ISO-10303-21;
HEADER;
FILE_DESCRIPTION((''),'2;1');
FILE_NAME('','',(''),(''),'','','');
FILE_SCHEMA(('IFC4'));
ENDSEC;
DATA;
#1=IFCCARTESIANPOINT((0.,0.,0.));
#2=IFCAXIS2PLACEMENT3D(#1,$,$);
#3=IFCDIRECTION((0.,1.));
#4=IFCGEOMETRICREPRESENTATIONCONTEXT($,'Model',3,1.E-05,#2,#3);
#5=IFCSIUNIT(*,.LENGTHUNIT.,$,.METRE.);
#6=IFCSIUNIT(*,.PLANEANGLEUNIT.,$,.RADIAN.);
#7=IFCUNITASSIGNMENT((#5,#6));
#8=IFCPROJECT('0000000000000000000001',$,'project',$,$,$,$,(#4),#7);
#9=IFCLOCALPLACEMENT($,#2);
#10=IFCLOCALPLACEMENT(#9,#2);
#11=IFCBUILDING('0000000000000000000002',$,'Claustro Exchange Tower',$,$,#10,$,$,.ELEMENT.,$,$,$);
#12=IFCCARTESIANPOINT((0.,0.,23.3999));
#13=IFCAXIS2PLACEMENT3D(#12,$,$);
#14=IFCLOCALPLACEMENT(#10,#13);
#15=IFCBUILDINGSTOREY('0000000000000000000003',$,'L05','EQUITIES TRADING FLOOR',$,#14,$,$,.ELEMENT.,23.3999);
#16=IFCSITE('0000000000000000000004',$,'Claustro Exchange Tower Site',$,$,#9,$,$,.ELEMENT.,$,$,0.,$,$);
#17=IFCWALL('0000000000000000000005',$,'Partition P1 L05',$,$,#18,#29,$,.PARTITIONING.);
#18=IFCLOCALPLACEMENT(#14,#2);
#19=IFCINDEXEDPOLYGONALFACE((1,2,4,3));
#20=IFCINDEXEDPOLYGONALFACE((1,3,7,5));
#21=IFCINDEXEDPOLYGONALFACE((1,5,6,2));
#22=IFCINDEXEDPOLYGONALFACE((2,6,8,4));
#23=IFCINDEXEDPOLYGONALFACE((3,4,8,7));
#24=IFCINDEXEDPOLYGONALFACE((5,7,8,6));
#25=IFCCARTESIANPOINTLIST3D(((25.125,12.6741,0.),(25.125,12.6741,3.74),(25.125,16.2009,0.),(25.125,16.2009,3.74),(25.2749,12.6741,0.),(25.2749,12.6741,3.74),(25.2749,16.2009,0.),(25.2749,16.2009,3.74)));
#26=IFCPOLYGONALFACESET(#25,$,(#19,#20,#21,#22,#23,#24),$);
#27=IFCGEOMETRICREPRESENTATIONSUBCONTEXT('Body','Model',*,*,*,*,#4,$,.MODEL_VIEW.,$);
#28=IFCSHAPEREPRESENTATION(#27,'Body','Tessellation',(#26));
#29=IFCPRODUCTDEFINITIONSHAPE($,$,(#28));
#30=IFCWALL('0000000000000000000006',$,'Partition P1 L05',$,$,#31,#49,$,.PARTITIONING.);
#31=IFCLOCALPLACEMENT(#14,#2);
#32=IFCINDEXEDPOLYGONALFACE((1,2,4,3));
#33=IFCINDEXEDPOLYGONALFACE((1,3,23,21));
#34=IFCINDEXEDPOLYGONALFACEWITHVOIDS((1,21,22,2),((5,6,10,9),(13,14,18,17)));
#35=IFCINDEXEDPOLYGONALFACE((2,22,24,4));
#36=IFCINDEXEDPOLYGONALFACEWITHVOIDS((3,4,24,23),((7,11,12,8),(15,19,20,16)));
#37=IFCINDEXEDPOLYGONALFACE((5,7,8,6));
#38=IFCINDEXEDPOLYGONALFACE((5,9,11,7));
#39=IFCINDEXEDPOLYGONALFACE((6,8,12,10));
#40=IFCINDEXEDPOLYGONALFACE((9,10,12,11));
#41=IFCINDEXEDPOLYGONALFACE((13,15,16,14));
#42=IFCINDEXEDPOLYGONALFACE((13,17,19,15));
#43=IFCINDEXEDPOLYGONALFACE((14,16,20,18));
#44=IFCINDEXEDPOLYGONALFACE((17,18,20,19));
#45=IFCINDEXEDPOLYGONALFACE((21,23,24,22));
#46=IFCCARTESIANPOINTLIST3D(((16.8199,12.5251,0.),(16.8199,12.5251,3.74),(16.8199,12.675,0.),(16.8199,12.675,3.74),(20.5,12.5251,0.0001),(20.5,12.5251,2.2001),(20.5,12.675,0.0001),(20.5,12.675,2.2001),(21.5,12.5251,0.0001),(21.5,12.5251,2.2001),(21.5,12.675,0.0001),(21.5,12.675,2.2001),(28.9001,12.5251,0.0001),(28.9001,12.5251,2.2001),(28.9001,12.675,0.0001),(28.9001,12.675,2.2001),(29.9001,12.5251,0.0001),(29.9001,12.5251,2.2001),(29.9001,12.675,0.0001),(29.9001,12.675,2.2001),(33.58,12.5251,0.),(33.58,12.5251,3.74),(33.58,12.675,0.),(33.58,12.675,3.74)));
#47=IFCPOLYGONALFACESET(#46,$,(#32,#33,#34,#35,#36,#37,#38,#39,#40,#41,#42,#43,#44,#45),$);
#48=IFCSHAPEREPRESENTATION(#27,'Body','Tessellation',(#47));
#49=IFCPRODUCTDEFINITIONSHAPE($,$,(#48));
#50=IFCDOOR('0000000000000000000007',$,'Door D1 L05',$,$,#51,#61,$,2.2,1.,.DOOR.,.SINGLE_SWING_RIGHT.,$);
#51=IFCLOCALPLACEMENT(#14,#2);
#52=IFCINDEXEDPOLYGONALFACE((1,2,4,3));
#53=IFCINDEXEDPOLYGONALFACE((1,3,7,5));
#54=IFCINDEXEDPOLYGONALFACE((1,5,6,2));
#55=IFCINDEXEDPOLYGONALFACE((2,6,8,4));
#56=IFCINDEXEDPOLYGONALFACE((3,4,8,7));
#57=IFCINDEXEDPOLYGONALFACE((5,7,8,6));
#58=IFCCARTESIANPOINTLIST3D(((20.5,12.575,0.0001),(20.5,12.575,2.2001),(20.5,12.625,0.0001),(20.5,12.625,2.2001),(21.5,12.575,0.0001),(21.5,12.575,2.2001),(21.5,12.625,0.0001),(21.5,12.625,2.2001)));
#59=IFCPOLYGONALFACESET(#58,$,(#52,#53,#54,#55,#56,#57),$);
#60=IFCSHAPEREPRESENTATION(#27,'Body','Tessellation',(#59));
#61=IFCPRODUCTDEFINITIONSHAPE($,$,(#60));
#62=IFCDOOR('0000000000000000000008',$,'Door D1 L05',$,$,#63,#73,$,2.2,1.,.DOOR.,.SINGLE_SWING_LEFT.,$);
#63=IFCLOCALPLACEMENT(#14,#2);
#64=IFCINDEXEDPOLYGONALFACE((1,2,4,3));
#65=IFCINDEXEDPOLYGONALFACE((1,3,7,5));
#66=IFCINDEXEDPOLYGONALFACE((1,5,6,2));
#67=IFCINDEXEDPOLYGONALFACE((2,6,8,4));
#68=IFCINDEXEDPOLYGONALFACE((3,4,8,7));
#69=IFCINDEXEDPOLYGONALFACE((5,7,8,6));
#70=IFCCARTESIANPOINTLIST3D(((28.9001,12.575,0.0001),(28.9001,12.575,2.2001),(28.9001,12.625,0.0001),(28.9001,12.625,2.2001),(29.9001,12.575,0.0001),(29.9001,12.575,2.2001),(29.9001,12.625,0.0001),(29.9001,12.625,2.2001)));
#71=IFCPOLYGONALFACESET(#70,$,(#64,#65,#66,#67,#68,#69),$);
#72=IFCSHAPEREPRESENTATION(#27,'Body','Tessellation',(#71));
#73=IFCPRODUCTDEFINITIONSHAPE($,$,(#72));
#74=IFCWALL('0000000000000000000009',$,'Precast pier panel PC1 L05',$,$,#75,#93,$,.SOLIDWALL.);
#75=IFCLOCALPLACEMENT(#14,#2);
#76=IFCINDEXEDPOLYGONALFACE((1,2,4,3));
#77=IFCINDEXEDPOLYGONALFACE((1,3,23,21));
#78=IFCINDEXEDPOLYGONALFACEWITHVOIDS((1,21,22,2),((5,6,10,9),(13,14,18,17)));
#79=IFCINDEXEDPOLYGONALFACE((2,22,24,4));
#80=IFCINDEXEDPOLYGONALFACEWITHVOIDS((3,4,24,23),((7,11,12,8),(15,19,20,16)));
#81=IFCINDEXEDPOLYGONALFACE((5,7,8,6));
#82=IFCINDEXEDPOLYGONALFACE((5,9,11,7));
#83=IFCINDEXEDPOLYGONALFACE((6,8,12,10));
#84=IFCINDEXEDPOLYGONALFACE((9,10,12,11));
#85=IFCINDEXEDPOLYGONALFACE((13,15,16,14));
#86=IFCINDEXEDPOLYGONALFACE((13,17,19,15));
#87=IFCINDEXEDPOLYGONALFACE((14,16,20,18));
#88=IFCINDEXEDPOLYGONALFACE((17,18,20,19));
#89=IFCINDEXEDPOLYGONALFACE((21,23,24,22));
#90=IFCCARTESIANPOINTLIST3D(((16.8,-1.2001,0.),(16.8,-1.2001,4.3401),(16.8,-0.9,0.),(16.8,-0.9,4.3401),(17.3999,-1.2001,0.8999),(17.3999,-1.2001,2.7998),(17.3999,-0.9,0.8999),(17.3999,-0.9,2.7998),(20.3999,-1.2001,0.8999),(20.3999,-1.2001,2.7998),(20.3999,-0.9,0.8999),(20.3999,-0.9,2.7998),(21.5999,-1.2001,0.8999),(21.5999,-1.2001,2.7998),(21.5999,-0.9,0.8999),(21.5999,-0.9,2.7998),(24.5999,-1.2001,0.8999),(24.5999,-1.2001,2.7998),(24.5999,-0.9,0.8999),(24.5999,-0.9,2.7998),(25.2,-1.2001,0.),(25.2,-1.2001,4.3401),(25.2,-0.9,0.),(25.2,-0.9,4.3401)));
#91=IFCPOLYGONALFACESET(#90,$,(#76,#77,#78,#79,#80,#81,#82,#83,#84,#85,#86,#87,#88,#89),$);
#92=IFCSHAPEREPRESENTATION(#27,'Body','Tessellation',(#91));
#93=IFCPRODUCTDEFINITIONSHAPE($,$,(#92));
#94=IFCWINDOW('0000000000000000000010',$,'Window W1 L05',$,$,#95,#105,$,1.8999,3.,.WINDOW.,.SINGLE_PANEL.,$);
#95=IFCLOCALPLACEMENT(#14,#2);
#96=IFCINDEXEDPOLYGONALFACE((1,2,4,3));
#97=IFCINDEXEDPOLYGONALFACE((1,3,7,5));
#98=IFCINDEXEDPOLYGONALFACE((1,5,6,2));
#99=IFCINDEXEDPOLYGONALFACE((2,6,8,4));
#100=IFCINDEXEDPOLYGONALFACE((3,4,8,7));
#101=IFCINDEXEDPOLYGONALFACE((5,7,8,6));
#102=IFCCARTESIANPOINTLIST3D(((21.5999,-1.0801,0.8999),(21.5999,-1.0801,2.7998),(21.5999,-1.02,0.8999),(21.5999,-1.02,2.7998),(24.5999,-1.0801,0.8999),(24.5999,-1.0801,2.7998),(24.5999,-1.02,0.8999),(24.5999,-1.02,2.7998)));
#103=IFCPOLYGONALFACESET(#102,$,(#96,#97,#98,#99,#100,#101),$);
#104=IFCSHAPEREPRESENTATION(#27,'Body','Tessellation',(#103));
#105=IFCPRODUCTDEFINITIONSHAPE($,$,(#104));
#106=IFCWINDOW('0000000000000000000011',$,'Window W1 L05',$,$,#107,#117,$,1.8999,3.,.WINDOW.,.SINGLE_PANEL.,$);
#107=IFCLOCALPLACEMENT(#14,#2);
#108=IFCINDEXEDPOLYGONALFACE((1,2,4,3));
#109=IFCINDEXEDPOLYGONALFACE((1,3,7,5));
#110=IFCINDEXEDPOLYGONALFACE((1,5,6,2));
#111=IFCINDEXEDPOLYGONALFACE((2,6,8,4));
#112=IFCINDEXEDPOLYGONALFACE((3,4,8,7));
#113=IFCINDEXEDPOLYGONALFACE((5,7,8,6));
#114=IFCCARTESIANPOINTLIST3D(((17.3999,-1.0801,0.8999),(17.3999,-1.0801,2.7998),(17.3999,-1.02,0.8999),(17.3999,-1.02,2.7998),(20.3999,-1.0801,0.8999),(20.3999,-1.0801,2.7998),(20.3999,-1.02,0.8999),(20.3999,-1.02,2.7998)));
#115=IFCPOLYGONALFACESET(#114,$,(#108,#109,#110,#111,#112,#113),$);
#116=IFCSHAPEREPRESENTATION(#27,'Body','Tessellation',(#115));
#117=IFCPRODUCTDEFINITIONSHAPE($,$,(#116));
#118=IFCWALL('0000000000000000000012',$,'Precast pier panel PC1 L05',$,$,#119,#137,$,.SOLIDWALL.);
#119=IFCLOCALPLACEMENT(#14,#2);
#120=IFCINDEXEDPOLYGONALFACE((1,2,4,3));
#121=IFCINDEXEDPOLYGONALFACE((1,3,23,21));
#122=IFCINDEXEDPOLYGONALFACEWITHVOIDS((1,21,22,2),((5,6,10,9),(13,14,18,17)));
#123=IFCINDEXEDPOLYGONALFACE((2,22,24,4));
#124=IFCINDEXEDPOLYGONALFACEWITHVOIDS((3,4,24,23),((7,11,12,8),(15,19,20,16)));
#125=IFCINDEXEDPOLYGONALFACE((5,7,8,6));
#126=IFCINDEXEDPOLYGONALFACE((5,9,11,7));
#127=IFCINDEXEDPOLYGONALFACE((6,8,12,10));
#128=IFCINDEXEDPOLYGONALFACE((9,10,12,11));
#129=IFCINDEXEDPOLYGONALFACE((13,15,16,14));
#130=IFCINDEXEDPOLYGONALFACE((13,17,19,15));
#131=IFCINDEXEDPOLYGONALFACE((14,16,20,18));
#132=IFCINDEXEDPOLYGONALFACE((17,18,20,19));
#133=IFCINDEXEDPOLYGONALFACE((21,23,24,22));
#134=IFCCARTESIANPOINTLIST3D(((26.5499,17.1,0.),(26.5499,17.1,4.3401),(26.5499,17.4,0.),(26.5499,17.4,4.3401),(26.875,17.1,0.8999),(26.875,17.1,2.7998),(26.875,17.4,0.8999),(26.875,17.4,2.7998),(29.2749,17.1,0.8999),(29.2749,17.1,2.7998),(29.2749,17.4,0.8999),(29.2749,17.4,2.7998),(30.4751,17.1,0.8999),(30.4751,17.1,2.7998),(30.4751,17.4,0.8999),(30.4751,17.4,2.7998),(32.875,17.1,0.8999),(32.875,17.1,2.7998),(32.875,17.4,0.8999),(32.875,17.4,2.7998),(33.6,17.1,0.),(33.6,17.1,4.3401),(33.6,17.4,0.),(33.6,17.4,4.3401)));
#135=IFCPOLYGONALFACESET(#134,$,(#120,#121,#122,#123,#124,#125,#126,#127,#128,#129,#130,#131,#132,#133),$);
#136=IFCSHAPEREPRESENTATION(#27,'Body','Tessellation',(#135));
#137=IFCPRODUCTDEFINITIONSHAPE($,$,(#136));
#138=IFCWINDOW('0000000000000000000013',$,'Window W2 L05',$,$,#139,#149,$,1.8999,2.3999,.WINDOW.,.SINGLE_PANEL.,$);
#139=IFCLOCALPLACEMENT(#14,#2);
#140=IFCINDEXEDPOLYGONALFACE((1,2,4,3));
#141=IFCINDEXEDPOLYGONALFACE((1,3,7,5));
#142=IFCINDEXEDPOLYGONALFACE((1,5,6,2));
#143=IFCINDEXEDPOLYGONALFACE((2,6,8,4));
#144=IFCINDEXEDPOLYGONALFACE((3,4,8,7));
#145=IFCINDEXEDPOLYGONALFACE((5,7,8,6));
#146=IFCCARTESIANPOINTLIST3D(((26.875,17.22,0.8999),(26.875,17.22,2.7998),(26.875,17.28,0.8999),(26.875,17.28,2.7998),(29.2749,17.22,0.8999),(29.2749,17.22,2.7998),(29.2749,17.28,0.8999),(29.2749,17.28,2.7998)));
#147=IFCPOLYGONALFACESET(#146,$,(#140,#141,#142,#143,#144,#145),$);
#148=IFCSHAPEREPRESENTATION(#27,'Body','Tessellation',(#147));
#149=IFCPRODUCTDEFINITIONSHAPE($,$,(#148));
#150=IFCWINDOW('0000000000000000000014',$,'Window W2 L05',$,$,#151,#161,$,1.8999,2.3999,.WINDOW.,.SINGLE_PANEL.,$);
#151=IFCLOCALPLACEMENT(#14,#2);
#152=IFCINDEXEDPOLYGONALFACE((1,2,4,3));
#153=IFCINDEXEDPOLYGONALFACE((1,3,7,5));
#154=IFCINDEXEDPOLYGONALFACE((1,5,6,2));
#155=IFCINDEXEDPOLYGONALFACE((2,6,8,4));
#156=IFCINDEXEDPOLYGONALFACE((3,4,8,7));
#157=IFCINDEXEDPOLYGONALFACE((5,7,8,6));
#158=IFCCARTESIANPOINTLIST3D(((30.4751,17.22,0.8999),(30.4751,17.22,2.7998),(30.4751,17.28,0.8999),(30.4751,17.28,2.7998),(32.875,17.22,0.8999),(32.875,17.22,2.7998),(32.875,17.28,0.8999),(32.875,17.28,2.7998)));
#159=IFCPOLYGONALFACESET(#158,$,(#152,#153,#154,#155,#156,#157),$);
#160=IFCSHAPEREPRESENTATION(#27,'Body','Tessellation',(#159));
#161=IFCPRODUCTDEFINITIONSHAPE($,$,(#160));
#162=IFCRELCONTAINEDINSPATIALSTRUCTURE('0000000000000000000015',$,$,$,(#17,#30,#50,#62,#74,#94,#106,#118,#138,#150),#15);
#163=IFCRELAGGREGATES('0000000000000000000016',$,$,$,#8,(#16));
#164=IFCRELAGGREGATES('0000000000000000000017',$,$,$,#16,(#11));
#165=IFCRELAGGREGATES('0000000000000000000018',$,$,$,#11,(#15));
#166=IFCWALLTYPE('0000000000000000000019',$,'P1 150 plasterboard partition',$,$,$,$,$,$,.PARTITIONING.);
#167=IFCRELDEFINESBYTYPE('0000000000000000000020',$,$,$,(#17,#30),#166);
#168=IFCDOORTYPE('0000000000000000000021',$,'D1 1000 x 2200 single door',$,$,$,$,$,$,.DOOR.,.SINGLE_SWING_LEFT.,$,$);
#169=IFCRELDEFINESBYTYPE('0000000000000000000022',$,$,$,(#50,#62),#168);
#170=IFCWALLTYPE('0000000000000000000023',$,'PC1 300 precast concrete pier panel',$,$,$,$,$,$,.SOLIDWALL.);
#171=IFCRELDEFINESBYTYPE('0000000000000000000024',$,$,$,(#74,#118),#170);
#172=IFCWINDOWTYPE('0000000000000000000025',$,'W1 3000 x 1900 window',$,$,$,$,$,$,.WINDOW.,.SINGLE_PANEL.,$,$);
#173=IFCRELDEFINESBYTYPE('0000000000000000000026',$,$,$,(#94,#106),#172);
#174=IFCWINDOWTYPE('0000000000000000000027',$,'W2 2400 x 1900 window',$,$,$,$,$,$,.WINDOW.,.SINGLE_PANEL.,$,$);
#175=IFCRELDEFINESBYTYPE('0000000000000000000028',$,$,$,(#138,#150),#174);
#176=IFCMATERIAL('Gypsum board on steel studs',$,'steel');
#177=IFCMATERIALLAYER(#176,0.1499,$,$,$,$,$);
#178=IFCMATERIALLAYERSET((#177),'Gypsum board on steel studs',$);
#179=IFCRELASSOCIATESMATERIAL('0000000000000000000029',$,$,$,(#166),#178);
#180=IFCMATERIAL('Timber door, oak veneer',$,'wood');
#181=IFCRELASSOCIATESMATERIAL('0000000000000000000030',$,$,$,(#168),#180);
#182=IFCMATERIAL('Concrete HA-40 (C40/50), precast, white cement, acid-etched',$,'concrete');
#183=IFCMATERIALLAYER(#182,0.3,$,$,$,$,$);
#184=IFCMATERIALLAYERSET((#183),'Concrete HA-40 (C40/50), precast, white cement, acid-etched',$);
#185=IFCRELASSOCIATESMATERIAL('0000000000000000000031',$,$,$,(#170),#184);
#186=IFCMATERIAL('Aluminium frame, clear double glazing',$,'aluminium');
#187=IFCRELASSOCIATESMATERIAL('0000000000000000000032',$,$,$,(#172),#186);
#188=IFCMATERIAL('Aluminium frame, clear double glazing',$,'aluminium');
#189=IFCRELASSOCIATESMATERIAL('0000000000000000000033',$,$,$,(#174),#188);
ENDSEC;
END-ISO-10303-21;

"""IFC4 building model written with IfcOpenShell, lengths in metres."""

from ifc_helpers import new_model, si_unit, direction, frame, frame_2d, origin, place, context, subcontext, project, spatial, rectangle, extrude, material, layer, layer_set, type_object, element, fill, save


model = new_model("IFC4")

# Units and contexts
model_context = context("Model", 3, precision=1e-05, world=origin(), true_north=direction((0.0, 1.0)))
body_context = subcontext(model_context, "Body", "Model", "MODEL_VIEW")
ifc_project = project(units=[si_unit("LENGTHUNIT", "METRE"), si_unit("PLANEANGLEUNIT", "RADIAN")], contexts=[model_context])

# Site, building, storey
site_placement = place(None, origin())
site = spatial("IfcSite", under=ifc_project, at=site_placement, Name="Claustro Exchange Tower Site", CompositionType="ELEMENT", RefElevation=0.0)
building_placement = place(site_placement, origin())
building = spatial("IfcBuilding", under=site, at=building_placement, Name="Claustro Exchange Tower", CompositionType="ELEMENT")
storey_placement = place(building_placement, frame((0.0, 0.0, 23.3999)))
storey = spatial("IfcBuildingStorey", under=building, at=storey_placement, Name="L05", Description="EQUITIES TRADING FLOOR", CompositionType="ELEMENT", Elevation=23.3999)

# Wall
ifc_material_1 = material(Name="Gypsum board on steel studs", Category="steel")
ifc_layer_1 = layer(ifc_material_1, 0.1499)
ifc_layer_set_1 = layer_set([ifc_layer_1], Name="Gypsum board on steel studs")
wall_type_1 = type_object("IfcWallType", Name="P1 150 plasterboard partition", PredefinedType="PARTITIONING", material=ifc_layer_set_1)
wall_1_placement = place(storey_placement, frame((25.2, 12.6741, 0.0), z_axis=(0.0, 0.0, 1.0), x_axis=(0.0, 1.0, 0.0)))
element("IfcWall", 1, at=wall_1_placement, inside=storey, type_object=wall_type_1, Name="Partition P1 L05", PredefinedType="PARTITIONING", context=body_context, shape_type="SweptSolid", body=[
    extrude(rectangle(XDim=3.5269, YDim=0.1499, at=frame_2d((1.7634, 0.0))), origin(), (0.0, 0.0, 1.0), 3.74),
])

# Wall, openings, doors
wall_2_placement = place(storey_placement, frame((16.8201, 12.6001, 0.0), z_axis=(0.0, 0.0, 1.0), x_axis=(1.0, 0.0, 0.0)))
wall_2 = element("IfcWall", 2, at=wall_2_placement, inside=storey, type_object=wall_type_1, Name="Partition P1 L05", PredefinedType="PARTITIONING", context=body_context, shape_type="SweptSolid", body=[
    extrude(rectangle(XDim=16.76, YDim=0.1499, at=frame_2d((8.3799, 0.0))), origin(), (0.0, 0.0, 1.0), 3.74),
])
opening_1_placement = place(wall_2_placement, frame((3.6799, 0.0, 0.0)))
opening_1 = element("IfcOpeningElement", 3, at=opening_1_placement, cuts=wall_2, PredefinedType="OPENING", context=body_context, shape_type="SweptSolid", body=[
    extrude(rectangle(XDim=1.0, YDim=2.2, at=frame_2d((0.5, 1.1001))), frame((0.0, 0.085, 0.0), z_axis=(0.0, -1.0, 0.0), x_axis=(1.0, 0.0, 0.0)), (0.0, 0.0, 1.0), 0.1699),
])
opening_2_placement = place(wall_2_placement, frame((12.0801, 0.0, 0.0)))
opening_2 = element("IfcOpeningElement", 4, at=opening_2_placement, cuts=wall_2, PredefinedType="OPENING", context=body_context, shape_type="SweptSolid", body=[
    extrude(rectangle(XDim=1.0, YDim=2.2, at=frame_2d((0.5, 1.1001))), frame((0.0, 0.085, 0.0), z_axis=(0.0, -1.0, 0.0), x_axis=(1.0, 0.0, 0.0)), (0.0, 0.0, 1.0), 0.1699),
])
ifc_material_2 = material(Name="Timber door, oak veneer", Category="wood")
door_type = type_object("IfcDoorType", Name="D1 1000 x 2200 single door", OperationType="SINGLE_SWING_LEFT", PredefinedType="DOOR", material=ifc_material_2)
door_1_placement = place(opening_1_placement, origin())
door_1 = element("IfcDoor", 5, at=door_1_placement, inside=storey, type_object=door_type, Name="Door D1 L05", OperationType="SINGLE_SWING_RIGHT", OverallHeight=2.2, OverallWidth=1.0, PredefinedType="DOOR", context=body_context, shape_type="SweptSolid", body=[
    extrude(rectangle(XDim=1.0, YDim=2.2, at=frame_2d((0.5, 1.1001))), frame((0.0, 0.0249, 0.0), z_axis=(0.0, -1.0, 0.0), x_axis=(1.0, 0.0, 0.0)), (0.0, 0.0, 1.0), 0.05),
])
fill(opening_1, door_1)
door_2_placement = place(opening_2_placement, origin())
door_2 = element("IfcDoor", 6, at=door_2_placement, inside=storey, type_object=door_type, Name="Door D1 L05", OperationType="SINGLE_SWING_LEFT", OverallHeight=2.2, OverallWidth=1.0, PredefinedType="DOOR", context=body_context, shape_type="SweptSolid", body=[
    extrude(rectangle(XDim=1.0, YDim=2.2, at=frame_2d((0.5, 1.1001))), frame((0.0, 0.0249, 0.0), z_axis=(0.0, -1.0, 0.0), x_axis=(1.0, 0.0, 0.0)), (0.0, 0.0, 1.0), 0.05),
])
fill(opening_2, door_2)

# Walls, openings, windows
ifc_material_3 = material(Name="Concrete HA-40 (C40/50), precast, white cement, acid-etched", Category="concrete")
ifc_layer_2 = layer(ifc_material_3, 0.3)
ifc_layer_set_2 = layer_set([ifc_layer_2], Name="Concrete HA-40 (C40/50), precast, white cement, acid-etched")
wall_type_2 = type_object("IfcWallType", Name="PC1 300 precast concrete pier panel", PredefinedType="SOLIDWALL", material=ifc_layer_set_2)
wall_3_placement = place(storey_placement, frame((25.2, -1.05, 0.0), z_axis=(0.0, 0.0, 1.0), x_axis=(-1.0, 0.0, 0.0)))
wall_3 = element("IfcWall", 7, at=wall_3_placement, inside=storey, type_object=wall_type_2, Name="Precast pier panel PC1 L05", PredefinedType="SOLIDWALL", context=body_context, shape_type="SweptSolid", body=[
    extrude(rectangle(XDim=8.3999, YDim=0.3, at=frame_2d((4.2, 0.0))), origin(), (0.0, 0.0, 1.0), 4.3401),
])
opening_3_placement = place(wall_3_placement, frame((0.6001, 0.0, 0.8999)))
opening_3 = element("IfcOpeningElement", 8, at=opening_3_placement, cuts=wall_3, PredefinedType="OPENING", context=body_context, shape_type="SweptSolid", body=[
    extrude(rectangle(XDim=3.0, YDim=1.8999, at=frame_2d((1.5, 0.95))), frame((0.0, 0.1599, 0.0), z_axis=(0.0, -1.0, 0.0), x_axis=(1.0, 0.0, 0.0)), (0.0, 0.0, 1.0), 0.3201),
])
opening_4_placement = place(wall_3_placement, frame((4.8, 0.0, 0.8999)))
opening_4 = element("IfcOpeningElement", 9, at=opening_4_placement, cuts=wall_3, PredefinedType="OPENING", context=body_context, shape_type="SweptSolid", body=[
    extrude(rectangle(XDim=3.0, YDim=1.8999, at=frame_2d((1.5, 0.95))), frame((0.0, 0.1599, 0.0), z_axis=(0.0, -1.0, 0.0), x_axis=(1.0, 0.0, 0.0)), (0.0, 0.0, 1.0), 0.3201),
])
ifc_material_4 = material(Name="Aluminium frame, clear double glazing", Category="aluminium")
window_type_1 = type_object("IfcWindowType", Name="W1 3000 x 1900 window", PartitioningType="SINGLE_PANEL", PredefinedType="WINDOW", material=ifc_material_4)
window_1_placement = place(opening_3_placement, origin())
window_1 = element("IfcWindow", 10, at=window_1_placement, inside=storey, type_object=window_type_1, Name="Window W1 L05", OverallHeight=1.8999, OverallWidth=3.0, PartitioningType="SINGLE_PANEL", PredefinedType="WINDOW", context=body_context, shape_type="SweptSolid", body=[
    extrude(rectangle(XDim=3.0, YDim=1.8999, at=frame_2d((1.5, 0.95))), frame((0.0, 0.03, 0.0), z_axis=(0.0, -1.0, 0.0), x_axis=(1.0, 0.0, 0.0)), (0.0, 0.0, 1.0), 0.0601),
])
fill(opening_3, window_1)
window_2_placement = place(opening_4_placement, origin())
window_2 = element("IfcWindow", 11, at=window_2_placement, inside=storey, type_object=window_type_1, Name="Window W1 L05", OverallHeight=1.8999, OverallWidth=3.0, PartitioningType="SINGLE_PANEL", PredefinedType="WINDOW", context=body_context, shape_type="SweptSolid", body=[
    extrude(rectangle(XDim=3.0, YDim=1.8999, at=frame_2d((1.5, 0.95))), frame((0.0, 0.03, 0.0), z_axis=(0.0, -1.0, 0.0), x_axis=(1.0, 0.0, 0.0)), (0.0, 0.0, 1.0), 0.0601),
])
fill(opening_4, window_2)
wall_4_placement = place(storey_placement, frame((26.55, 17.25, 0.0), z_axis=(0.0, 0.0, 1.0), x_axis=(1.0, 0.0, 0.0)))
wall_4 = element("IfcWall", 12, at=wall_4_placement, inside=storey, type_object=wall_type_2, Name="Precast pier panel PC1 L05", PredefinedType="SOLIDWALL", context=body_context, shape_type="SweptSolid", body=[
    extrude(rectangle(XDim=7.05, YDim=0.3, at=frame_2d((3.5249, 0.0))), origin(), (0.0, 0.0, 1.0), 4.3401),
])
opening_5_placement = place(wall_4_placement, frame((0.325, 0.0, 0.8999)))
opening_5 = element("IfcOpeningElement", 13, at=opening_5_placement, cuts=wall_4, PredefinedType="OPENING", context=body_context, shape_type="SweptSolid", body=[
    extrude(rectangle(XDim=2.3999, YDim=1.8999, at=frame_2d((1.2, 0.95))), frame((0.0, 0.1599, 0.0), z_axis=(0.0, -1.0, 0.0), x_axis=(1.0, 0.0, 0.0)), (0.0, 0.0, 1.0), 0.3201),
])
opening_6_placement = place(wall_4_placement, frame((3.925, 0.0, 0.8999)))
opening_6 = element("IfcOpeningElement", 14, at=opening_6_placement, cuts=wall_4, PredefinedType="OPENING", context=body_context, shape_type="SweptSolid", body=[
    extrude(rectangle(XDim=2.3999, YDim=1.8999, at=frame_2d((1.2, 0.95))), frame((0.0, 0.1599, 0.0), z_axis=(0.0, -1.0, 0.0), x_axis=(1.0, 0.0, 0.0)), (0.0, 0.0, 1.0), 0.3201),
])
ifc_material_5 = material(Name="Aluminium frame, clear double glazing", Category="aluminium")
window_type_2 = type_object("IfcWindowType", Name="W2 2400 x 1900 window", PartitioningType="SINGLE_PANEL", PredefinedType="WINDOW", material=ifc_material_5)
window_3_placement = place(opening_5_placement, origin())
window_3 = element("IfcWindow", 15, at=window_3_placement, inside=storey, type_object=window_type_2, Name="Window W2 L05", OverallHeight=1.8999, OverallWidth=2.3999, PartitioningType="SINGLE_PANEL", PredefinedType="WINDOW", context=body_context, shape_type="SweptSolid", body=[
    extrude(rectangle(XDim=2.3999, YDim=1.8999, at=frame_2d((1.2, 0.95))), frame((0.0, 0.03, 0.0), z_axis=(0.0, -1.0, 0.0), x_axis=(1.0, 0.0, 0.0)), (0.0, 0.0, 1.0), 0.0601),
])
fill(opening_5, window_3)
window_4_placement = place(opening_6_placement, origin())
window_4 = element("IfcWindow", 16, at=window_4_placement, inside=storey, type_object=window_type_2, Name="Window W2 L05", OverallHeight=1.8999, OverallWidth=2.3999, PartitioningType="SINGLE_PANEL", PredefinedType="WINDOW", context=body_context, shape_type="SweptSolid", body=[
    extrude(rectangle(XDim=2.3999, YDim=1.8999, at=frame_2d((1.2, 0.95))), frame((0.0, 0.03, 0.0), z_axis=(0.0, -1.0, 0.0), x_axis=(1.0, 0.0, 0.0)), (0.0, 0.0, 1.0), 0.0601),
])
fill(opening_6, window_4)

save(model, "model.ifc")
